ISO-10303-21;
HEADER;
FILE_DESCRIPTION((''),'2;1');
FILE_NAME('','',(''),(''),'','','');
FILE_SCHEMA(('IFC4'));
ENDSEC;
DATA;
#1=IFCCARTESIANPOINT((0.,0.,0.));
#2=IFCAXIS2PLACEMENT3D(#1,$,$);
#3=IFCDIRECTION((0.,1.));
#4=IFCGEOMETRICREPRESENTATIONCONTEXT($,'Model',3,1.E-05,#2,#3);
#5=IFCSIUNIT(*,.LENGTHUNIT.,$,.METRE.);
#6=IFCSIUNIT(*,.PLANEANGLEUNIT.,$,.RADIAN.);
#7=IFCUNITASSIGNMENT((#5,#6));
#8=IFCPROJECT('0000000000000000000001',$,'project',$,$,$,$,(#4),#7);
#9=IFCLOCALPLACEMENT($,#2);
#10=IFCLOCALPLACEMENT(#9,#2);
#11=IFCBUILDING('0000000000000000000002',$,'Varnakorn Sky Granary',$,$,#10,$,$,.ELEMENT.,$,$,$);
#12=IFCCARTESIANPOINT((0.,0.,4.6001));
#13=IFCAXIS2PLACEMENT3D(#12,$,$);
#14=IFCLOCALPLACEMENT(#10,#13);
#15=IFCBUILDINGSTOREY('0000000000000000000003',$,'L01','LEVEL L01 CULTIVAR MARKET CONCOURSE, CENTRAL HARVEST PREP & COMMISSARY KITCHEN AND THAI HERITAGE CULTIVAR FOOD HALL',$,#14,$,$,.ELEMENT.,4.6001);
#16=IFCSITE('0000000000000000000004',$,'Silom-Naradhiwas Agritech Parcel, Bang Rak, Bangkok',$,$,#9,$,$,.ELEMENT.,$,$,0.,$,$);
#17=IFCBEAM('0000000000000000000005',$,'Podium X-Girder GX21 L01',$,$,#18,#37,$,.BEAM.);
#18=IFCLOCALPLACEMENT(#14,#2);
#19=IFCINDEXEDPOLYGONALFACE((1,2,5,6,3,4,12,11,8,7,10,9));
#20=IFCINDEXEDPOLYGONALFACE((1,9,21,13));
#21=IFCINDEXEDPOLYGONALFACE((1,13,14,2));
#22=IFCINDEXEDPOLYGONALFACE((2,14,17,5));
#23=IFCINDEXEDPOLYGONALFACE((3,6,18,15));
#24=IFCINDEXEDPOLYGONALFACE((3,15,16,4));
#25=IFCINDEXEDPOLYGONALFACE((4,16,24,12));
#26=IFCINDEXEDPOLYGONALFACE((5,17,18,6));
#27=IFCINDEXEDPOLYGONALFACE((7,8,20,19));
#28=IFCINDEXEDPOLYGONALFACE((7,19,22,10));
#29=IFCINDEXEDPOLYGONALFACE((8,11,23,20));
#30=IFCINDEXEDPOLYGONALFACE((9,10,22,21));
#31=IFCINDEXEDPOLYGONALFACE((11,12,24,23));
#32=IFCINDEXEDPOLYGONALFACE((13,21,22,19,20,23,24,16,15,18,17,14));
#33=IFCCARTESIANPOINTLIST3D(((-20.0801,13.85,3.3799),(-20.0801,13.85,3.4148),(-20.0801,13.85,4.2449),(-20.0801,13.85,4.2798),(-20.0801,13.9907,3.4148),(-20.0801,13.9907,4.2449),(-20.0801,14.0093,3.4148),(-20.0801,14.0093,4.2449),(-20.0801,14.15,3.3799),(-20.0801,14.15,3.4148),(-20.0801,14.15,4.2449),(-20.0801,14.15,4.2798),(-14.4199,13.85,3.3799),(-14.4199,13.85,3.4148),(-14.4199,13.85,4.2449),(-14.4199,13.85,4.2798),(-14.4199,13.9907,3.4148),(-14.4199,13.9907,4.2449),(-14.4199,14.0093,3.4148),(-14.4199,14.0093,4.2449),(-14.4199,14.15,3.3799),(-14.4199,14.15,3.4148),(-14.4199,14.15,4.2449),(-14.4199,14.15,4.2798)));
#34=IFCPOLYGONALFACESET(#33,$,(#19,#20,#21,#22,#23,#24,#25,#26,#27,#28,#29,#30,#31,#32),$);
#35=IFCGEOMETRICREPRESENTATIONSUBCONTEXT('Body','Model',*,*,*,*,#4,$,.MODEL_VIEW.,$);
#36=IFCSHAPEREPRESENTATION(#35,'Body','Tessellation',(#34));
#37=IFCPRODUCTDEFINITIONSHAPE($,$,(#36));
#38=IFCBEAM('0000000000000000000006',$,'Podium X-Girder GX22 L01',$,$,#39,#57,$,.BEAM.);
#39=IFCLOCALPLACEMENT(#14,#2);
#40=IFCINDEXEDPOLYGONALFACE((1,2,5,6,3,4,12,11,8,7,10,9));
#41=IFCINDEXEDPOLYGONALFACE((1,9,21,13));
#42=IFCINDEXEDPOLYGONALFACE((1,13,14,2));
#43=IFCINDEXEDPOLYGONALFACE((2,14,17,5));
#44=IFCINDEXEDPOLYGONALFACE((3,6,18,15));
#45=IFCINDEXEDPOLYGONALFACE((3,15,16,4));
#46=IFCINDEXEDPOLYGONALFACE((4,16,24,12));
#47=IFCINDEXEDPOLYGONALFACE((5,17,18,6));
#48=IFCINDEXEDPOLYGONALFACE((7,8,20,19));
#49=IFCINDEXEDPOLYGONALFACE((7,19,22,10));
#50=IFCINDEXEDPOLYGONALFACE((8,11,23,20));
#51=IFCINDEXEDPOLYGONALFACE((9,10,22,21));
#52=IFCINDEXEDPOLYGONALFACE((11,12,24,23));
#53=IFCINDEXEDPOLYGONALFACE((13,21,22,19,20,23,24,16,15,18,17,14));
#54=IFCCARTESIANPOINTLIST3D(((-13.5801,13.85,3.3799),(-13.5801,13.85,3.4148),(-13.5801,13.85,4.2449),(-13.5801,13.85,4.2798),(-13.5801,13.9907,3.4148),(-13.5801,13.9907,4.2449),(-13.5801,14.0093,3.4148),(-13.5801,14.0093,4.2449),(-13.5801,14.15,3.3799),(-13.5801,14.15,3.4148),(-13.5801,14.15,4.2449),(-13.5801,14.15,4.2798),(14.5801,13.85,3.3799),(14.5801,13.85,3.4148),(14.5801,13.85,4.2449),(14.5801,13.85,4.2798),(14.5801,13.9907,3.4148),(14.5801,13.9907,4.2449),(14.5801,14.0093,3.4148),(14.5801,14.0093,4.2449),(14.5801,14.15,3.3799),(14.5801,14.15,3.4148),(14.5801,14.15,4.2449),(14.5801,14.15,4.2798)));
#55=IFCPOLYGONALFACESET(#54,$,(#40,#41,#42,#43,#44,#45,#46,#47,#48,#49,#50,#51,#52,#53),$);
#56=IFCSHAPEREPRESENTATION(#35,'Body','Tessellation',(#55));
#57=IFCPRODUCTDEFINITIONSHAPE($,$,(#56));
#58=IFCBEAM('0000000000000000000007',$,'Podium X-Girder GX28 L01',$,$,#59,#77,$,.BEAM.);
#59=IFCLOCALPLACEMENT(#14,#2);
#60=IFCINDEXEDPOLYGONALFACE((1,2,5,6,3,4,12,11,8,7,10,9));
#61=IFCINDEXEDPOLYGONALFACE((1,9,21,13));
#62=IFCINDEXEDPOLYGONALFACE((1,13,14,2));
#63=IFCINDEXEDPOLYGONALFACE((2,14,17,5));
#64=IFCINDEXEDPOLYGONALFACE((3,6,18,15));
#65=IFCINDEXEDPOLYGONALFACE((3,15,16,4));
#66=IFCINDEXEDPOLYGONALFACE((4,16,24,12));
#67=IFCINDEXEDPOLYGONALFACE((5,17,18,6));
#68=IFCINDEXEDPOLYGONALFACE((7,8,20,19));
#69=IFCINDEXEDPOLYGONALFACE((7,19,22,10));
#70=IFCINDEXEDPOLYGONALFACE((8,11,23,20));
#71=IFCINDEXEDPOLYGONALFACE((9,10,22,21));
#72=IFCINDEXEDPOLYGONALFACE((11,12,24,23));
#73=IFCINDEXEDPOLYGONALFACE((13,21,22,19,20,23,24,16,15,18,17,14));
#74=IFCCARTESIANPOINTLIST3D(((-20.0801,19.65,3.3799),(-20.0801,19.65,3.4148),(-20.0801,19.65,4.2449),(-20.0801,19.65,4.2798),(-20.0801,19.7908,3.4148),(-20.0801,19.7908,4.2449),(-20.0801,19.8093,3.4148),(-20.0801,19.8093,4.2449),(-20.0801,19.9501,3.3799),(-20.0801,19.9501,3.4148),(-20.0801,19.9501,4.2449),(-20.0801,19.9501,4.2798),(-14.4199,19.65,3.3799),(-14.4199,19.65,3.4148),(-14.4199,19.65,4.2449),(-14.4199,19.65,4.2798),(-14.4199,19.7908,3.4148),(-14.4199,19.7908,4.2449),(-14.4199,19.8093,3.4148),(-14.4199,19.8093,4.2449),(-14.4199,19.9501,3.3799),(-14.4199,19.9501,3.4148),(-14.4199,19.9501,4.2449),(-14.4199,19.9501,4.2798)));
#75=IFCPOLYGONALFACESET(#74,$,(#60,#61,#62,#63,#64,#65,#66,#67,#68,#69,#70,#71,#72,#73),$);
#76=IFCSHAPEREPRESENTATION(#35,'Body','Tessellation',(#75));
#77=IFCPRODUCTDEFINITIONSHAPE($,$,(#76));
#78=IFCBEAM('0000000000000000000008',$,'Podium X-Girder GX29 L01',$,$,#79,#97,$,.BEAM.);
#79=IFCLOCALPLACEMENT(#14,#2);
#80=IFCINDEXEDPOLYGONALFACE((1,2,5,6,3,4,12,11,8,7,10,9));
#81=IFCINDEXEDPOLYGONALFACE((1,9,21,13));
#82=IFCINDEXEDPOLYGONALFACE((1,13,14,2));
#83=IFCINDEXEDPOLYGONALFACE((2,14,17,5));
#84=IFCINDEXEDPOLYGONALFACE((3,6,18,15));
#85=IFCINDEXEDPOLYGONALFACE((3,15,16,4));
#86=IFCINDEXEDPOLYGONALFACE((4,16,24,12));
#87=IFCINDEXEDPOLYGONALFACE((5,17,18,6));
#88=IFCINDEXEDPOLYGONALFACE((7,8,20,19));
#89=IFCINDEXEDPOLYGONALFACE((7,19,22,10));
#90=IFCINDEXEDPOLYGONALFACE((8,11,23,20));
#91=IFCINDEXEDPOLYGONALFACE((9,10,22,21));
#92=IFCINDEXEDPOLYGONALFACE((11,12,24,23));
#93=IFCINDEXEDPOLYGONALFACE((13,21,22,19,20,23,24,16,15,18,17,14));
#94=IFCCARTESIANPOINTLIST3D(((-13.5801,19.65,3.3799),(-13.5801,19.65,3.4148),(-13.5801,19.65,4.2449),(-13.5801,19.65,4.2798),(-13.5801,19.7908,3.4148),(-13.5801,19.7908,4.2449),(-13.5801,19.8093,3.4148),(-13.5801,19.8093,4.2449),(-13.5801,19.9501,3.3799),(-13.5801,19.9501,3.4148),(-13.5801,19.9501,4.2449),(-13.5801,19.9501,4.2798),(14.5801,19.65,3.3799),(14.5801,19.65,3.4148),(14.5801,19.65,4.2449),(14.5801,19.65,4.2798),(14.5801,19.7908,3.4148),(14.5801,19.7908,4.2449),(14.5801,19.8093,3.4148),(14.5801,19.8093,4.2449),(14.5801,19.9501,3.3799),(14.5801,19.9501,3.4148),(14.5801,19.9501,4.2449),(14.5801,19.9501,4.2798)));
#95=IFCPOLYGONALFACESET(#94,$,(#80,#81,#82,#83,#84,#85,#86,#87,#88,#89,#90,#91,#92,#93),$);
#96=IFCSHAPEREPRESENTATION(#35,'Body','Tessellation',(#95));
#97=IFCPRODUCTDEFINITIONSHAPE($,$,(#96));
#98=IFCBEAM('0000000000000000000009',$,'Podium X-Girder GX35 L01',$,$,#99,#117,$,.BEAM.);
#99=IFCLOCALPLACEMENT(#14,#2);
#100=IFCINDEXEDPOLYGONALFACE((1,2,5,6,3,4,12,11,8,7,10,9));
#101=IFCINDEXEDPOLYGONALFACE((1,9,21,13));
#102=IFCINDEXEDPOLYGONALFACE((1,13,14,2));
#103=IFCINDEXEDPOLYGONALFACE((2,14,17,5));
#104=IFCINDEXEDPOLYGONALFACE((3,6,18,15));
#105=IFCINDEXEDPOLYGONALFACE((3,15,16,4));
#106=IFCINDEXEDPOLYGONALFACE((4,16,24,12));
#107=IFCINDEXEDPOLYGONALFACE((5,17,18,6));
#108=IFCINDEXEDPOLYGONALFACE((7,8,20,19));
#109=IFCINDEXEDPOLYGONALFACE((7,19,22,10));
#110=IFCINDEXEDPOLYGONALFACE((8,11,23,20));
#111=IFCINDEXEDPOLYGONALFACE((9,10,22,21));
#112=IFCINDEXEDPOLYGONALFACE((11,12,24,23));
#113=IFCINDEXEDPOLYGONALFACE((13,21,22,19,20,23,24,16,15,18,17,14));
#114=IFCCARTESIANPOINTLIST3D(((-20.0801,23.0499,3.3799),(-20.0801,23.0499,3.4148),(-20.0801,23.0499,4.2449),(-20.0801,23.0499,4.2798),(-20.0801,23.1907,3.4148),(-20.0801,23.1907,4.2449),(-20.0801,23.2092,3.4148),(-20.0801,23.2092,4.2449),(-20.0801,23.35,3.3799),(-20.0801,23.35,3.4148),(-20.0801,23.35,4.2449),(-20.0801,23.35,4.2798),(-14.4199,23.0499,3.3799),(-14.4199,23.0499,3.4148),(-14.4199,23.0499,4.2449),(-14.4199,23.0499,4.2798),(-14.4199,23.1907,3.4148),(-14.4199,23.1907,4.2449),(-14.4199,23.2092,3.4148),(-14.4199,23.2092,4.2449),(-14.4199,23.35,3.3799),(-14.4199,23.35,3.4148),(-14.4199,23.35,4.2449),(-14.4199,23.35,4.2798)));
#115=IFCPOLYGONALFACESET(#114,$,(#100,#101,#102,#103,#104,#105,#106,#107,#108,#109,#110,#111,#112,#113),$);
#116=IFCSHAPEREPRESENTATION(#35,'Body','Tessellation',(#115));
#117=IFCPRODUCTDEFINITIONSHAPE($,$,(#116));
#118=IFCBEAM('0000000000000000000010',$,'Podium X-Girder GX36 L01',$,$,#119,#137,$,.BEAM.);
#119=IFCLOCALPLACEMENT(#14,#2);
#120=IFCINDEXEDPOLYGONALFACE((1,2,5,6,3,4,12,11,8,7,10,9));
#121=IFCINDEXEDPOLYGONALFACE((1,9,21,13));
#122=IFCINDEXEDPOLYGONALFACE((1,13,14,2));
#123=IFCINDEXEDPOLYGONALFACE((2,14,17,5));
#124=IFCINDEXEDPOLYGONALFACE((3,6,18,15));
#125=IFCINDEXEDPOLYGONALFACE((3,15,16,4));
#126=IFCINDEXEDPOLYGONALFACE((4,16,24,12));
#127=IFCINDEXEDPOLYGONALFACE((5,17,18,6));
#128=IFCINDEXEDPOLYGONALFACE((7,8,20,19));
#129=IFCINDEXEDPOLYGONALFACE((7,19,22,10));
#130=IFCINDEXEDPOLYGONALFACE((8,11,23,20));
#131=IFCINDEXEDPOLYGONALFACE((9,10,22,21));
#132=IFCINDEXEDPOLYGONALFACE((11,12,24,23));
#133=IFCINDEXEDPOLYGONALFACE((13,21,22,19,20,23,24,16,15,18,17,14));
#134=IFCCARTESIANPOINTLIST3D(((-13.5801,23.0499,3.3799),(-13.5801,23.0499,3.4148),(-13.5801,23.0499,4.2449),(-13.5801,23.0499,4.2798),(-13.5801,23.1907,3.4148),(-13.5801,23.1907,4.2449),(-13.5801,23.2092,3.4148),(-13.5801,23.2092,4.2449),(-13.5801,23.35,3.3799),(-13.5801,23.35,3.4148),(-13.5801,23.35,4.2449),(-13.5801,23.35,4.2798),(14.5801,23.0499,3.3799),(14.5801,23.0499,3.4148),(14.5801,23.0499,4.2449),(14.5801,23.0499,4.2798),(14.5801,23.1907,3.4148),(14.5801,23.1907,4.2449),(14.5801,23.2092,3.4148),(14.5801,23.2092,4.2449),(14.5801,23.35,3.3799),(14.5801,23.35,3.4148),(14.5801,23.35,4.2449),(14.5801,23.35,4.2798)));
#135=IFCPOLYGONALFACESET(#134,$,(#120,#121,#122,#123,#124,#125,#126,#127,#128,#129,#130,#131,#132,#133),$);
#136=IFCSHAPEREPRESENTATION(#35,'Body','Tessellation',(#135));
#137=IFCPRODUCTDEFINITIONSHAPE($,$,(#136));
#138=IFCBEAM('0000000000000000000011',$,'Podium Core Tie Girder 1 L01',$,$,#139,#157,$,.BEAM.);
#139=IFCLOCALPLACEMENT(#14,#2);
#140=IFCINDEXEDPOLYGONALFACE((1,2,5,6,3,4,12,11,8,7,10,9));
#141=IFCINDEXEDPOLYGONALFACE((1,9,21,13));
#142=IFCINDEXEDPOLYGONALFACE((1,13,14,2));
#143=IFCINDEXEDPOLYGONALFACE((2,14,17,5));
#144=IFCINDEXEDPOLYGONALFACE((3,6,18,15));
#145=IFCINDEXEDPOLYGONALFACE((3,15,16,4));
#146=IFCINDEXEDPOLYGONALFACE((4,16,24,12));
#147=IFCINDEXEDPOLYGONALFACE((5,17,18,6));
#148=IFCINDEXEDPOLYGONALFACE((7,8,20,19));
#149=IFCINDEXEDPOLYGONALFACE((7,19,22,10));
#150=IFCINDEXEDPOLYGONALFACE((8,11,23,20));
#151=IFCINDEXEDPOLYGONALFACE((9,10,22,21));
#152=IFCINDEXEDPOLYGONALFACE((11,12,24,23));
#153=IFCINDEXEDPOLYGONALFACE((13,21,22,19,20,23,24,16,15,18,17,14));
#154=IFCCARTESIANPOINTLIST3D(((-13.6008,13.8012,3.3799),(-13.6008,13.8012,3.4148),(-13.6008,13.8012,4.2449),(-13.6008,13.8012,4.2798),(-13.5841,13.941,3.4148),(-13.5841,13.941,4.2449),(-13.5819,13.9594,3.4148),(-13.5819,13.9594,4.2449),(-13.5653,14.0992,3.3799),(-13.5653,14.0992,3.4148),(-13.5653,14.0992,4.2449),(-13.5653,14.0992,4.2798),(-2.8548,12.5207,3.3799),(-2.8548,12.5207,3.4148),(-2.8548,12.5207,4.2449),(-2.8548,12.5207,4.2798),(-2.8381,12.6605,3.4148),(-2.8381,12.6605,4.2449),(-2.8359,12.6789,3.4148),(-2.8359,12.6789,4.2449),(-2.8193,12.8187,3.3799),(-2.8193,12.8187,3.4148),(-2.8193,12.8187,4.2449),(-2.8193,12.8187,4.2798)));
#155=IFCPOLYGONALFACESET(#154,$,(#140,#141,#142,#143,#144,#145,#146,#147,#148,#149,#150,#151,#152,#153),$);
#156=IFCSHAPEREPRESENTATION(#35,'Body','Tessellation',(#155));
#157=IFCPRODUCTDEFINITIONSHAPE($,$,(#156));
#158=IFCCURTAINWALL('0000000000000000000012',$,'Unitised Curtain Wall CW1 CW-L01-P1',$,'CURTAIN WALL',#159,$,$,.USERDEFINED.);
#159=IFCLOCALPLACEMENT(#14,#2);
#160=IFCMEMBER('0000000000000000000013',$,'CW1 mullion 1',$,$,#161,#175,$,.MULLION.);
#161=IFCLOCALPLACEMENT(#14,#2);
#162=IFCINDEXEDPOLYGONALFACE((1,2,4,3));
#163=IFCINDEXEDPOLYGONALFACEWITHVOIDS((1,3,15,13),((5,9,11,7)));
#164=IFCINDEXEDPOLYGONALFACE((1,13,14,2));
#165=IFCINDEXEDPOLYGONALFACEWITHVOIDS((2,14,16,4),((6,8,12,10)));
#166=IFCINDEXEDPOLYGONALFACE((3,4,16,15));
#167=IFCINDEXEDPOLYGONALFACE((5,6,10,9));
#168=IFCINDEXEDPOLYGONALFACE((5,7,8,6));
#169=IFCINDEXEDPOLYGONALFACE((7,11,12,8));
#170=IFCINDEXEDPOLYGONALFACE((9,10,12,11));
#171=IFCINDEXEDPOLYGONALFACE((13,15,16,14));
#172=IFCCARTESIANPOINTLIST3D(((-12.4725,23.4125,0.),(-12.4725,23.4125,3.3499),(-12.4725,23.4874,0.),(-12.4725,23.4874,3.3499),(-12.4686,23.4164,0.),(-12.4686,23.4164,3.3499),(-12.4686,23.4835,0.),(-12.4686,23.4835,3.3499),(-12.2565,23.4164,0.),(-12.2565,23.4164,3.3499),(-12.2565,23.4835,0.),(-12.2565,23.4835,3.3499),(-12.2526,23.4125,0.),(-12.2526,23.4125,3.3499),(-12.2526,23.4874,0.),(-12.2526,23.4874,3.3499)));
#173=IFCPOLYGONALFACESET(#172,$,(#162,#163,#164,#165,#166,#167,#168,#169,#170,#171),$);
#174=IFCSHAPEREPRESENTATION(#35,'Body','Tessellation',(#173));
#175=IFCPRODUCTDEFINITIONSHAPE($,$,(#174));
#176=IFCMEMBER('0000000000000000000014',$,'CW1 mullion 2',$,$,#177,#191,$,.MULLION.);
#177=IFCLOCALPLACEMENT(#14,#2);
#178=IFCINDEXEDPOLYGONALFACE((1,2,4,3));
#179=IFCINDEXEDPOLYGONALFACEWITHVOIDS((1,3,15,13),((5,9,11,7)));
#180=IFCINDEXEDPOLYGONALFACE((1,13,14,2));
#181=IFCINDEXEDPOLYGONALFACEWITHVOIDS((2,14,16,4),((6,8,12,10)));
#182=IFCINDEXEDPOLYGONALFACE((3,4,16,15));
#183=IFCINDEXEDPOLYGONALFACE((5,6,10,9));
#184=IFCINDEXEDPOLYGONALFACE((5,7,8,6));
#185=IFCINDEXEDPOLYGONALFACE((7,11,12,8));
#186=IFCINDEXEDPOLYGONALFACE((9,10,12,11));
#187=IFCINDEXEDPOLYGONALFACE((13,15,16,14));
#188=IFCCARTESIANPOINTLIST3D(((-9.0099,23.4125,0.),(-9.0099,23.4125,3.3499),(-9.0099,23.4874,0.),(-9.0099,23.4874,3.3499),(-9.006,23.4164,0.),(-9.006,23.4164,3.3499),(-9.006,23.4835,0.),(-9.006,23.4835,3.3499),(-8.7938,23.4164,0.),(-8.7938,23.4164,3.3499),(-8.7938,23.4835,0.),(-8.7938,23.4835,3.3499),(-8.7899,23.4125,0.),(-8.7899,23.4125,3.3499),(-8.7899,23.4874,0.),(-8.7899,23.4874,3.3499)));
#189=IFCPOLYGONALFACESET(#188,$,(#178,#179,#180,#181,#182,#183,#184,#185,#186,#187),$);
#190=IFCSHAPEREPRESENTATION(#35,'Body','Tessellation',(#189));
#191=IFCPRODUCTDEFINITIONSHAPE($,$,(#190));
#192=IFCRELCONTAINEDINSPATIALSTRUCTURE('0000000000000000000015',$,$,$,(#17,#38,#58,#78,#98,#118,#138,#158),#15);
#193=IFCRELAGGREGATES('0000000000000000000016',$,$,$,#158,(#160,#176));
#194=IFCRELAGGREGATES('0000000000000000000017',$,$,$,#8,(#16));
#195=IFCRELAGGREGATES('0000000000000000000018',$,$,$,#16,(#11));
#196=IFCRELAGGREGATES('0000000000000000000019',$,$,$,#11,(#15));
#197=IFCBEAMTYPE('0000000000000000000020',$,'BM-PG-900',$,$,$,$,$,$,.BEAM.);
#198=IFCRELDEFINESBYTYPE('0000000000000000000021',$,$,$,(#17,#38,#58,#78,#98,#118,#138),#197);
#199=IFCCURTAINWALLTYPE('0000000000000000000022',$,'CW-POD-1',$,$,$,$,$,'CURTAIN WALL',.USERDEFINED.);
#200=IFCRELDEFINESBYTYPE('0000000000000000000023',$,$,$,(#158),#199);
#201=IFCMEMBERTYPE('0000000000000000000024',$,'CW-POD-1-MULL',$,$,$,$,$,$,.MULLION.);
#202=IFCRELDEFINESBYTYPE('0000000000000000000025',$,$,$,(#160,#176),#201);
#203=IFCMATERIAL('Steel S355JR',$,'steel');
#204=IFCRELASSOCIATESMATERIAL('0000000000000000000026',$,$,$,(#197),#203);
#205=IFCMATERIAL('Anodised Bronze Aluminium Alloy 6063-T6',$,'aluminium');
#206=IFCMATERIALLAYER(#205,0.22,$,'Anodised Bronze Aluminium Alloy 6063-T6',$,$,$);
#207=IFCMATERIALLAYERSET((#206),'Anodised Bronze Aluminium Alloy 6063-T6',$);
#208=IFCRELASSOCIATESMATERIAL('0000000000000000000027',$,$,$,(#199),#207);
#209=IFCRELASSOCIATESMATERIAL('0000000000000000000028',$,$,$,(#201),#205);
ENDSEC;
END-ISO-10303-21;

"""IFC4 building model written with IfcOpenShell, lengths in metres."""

from ifc_helpers import new_model, si_unit, direction, frame, origin, origin_2d, place, context, subcontext, project, spatial, hollow_rectangle, i_section, extrude, material, layer, layer_set, material_profile, profile_set, type_object, element, aggregate, save


model = new_model("IFC4")

# Units and contexts
model_context = context("Model", 3, precision=1e-05, world=origin(), true_north=direction((0.0, 1.0)))
body_context = subcontext(model_context, "Body", "Model", "MODEL_VIEW")
ifc_project = project(units=[si_unit("LENGTHUNIT", "METRE"), si_unit("PLANEANGLEUNIT", "RADIAN")], contexts=[model_context])

# Site, building, storey
site_placement = place(None, origin())
site = spatial("IfcSite", under=ifc_project, at=site_placement, Name="Silom-Naradhiwas Agritech Parcel, Bang Rak, Bangkok", CompositionType="ELEMENT", RefElevation=0.0)
building_placement = place(site_placement, origin())
building = spatial("IfcBuilding", under=site, at=building_placement, Name="Varnakorn Sky Granary", CompositionType="ELEMENT")
storey_placement = place(building_placement, frame((0.0, 0.0, 4.6001)))
storey = spatial("IfcBuildingStorey", under=building, at=storey_placement, Name="L01", Description="LEVEL L01 CULTIVAR MARKET CONCOURSE, CENTRAL HARVEST PREP & COMMISSARY KITCHEN AND THAI HERITAGE CULTIVAR FOOD HALL", CompositionType="ELEMENT", Elevation=4.6001)

# Beams
ifc_material_1 = material(Name="Steel S355JR", Category="steel")
ifc_material_profile_1 = material_profile(ifc_material_1, i_section(OverallWidth=0.3, OverallDepth=0.8999, WebThickness=0.0186, FlangeThickness=0.0349, at=origin_2d()), Name="HE 900 B")
ifc_profile_set_1 = profile_set([ifc_material_profile_1], Name="Steel S355JR")
beam_type_1 = type_object("IfcBeamType", Name="BM-PG-900", PredefinedType="BEAM", material=ifc_profile_set_1)
beam_1_placement = place(storey_placement, frame((-20.0801, 14.0, 3.8298), z_axis=(1.0, 0.0, 0.0), x_axis=(0.0, 1.0, 0.0)))
element("IfcBeam", 1, at=beam_1_placement, inside=storey, type_object=beam_type_1, Name="Podium X-Girder GX21 L01", PredefinedType="BEAM", context=body_context, shape_type="SweptSolid", body=[
    extrude(i_section(OverallWidth=0.3, OverallDepth=0.8999, WebThickness=0.0186, FlangeThickness=0.0349, at=origin_2d()), origin(), (0.0, 0.0, 1.0), 5.6602),
])
beam_2_placement = place(storey_placement, frame((-13.5801, 14.0, 3.8298), z_axis=(1.0, 0.0, 0.0), x_axis=(0.0, 1.0, 0.0)))
element("IfcBeam", 2, at=beam_2_placement, inside=storey, type_object=beam_type_1, Name="Podium X-Girder GX22 L01", PredefinedType="BEAM", context=body_context, shape_type="SweptSolid", body=[
    extrude(i_section(OverallWidth=0.3, OverallDepth=0.8999, WebThickness=0.0186, FlangeThickness=0.0349, at=origin_2d()), origin(), (0.0, 0.0, 1.0), 28.1602),
])
beam_3_placement = place(storey_placement, frame((-20.0801, 19.8, 3.8298), z_axis=(1.0, 0.0, 0.0), x_axis=(0.0, 1.0, 0.0)))
element("IfcBeam", 3, at=beam_3_placement, inside=storey, type_object=beam_type_1, Name="Podium X-Girder GX28 L01", PredefinedType="BEAM", context=body_context, shape_type="SweptSolid", body=[
    extrude(i_section(OverallWidth=0.3, OverallDepth=0.8999, WebThickness=0.0186, FlangeThickness=0.0349, at=origin_2d()), origin(), (0.0, 0.0, 1.0), 5.6602),
])
beam_4_placement = place(storey_placement, frame((-13.5801, 19.8, 3.8298), z_axis=(1.0, 0.0, 0.0), x_axis=(0.0, 1.0, 0.0)))
element("IfcBeam", 4, at=beam_4_placement, inside=storey, type_object=beam_type_1, Name="Podium X-Girder GX29 L01", PredefinedType="BEAM", context=body_context, shape_type="SweptSolid", body=[
    extrude(i_section(OverallWidth=0.3, OverallDepth=0.8999, WebThickness=0.0186, FlangeThickness=0.0349, at=origin_2d()), origin(), (0.0, 0.0, 1.0), 28.1602),
])
beam_5_placement = place(storey_placement, frame((-20.0801, 23.2, 3.8298), z_axis=(1.0, 0.0, 0.0), x_axis=(0.0, 1.0, 0.0)))
element("IfcBeam", 5, at=beam_5_placement, inside=storey, type_object=beam_type_1, Name="Podium X-Girder GX35 L01", PredefinedType="BEAM", context=body_context, shape_type="SweptSolid", body=[
    extrude(i_section(OverallWidth=0.3, OverallDepth=0.8999, WebThickness=0.0186, FlangeThickness=0.0349, at=origin_2d()), origin(), (0.0, 0.0, 1.0), 5.6602),
])
beam_6_placement = place(storey_placement, frame((-13.5801, 23.2, 3.8298), z_axis=(1.0, 0.0, 0.0), x_axis=(0.0, 1.0, 0.0)))
element("IfcBeam", 6, at=beam_6_placement, inside=storey, type_object=beam_type_1, Name="Podium X-Girder GX36 L01", PredefinedType="BEAM", context=body_context, shape_type="SweptSolid", body=[
    extrude(i_section(OverallWidth=0.3, OverallDepth=0.8999, WebThickness=0.0186, FlangeThickness=0.0349, at=origin_2d()), origin(), (0.0, 0.0, 1.0), 28.1602),
])
beam_7_placement = place(storey_placement, frame((-13.583, 13.9502, 3.8298), z_axis=(0.992975, -0.118324, 0.0), x_axis=(0.118324, 0.992975, 0.0)))
element("IfcBeam", 7, at=beam_7_placement, inside=storey, type_object=beam_type_1, Name="Podium Core Tie Girder 1 L01", PredefinedType="BEAM", context=body_context, shape_type="SweptSolid", body=[
    extrude(i_section(OverallWidth=0.3, OverallDepth=0.8999, WebThickness=0.0186, FlangeThickness=0.0349, at=origin_2d()), origin(), (0.0, 0.0, 1.0), 10.822),
])

# Curtain wall, members
ifc_material_2 = material(Name="Anodised Bronze Aluminium Alloy 6063-T6", Category="aluminium")
ifc_layer_1 = layer(ifc_material_2, 0.22, Name="Anodised Bronze Aluminium Alloy 6063-T6")
ifc_layer_set_1 = layer_set([ifc_layer_1], Name="Anodised Bronze Aluminium Alloy 6063-T6")
curtain_wall_type = type_object("IfcCurtainWallType", Name="CW-POD-1", ElementType="CURTAIN WALL", PredefinedType="USERDEFINED", material=ifc_layer_set_1)
curtain_wall_placement = place(storey_placement, origin())
curtain_wall = element("IfcCurtainWall", 8, at=curtain_wall_placement, inside=storey, type_object=curtain_wall_type, Name="Unitised Curtain Wall CW1 CW-L01-P1", ObjectType="CURTAIN WALL", PredefinedType="USERDEFINED")
ifc_material_profile_2 = material_profile(ifc_material_2, hollow_rectangle(XDim=0.075, YDim=0.22, WallThickness=0.0039, at=origin_2d()), Name="ALU MULL 75x220")
ifc_profile_set_2 = profile_set([ifc_material_profile_2], Name="Anodised Bronze Aluminium Alloy 6063-T6")
member_type_1 = type_object("IfcMemberType", Name="CW-POD-1-MULL", PredefinedType="MULLION", material=ifc_profile_set_2)
member_1_placement = place(storey_placement, frame((-12.3625, 23.45, 0.0), z_axis=(0.0, 0.0, 1.0), x_axis=(0.0, 1.0, 0.0)))
member_1 = element("IfcMember", 9, at=member_1_placement, type_object=member_type_1, Name="CW1 mullion 1", PredefinedType="MULLION", context=body_context, shape_type="SweptSolid", body=[
    extrude(hollow_rectangle(XDim=0.075, YDim=0.22, WallThickness=0.0039, at=origin_2d()), origin(), (0.0, 0.0, 1.0), 3.3499),
])
member_2_placement = place(storey_placement, frame((-8.8999, 23.45, 0.0), z_axis=(0.0, 0.0, 1.0), x_axis=(0.0, 1.0, 0.0)))
member_2 = element("IfcMember", 10, at=member_2_placement, type_object=member_type_1, Name="CW1 mullion 2", PredefinedType="MULLION", context=body_context, shape_type="SweptSolid", body=[
    extrude(hollow_rectangle(XDim=0.075, YDim=0.22, WallThickness=0.0039, at=origin_2d()), origin(), (0.0, 0.0, 1.0), 3.3499),
])
aggregate(curtain_wall, [member_1, member_2])

save(model, "model.ifc")
